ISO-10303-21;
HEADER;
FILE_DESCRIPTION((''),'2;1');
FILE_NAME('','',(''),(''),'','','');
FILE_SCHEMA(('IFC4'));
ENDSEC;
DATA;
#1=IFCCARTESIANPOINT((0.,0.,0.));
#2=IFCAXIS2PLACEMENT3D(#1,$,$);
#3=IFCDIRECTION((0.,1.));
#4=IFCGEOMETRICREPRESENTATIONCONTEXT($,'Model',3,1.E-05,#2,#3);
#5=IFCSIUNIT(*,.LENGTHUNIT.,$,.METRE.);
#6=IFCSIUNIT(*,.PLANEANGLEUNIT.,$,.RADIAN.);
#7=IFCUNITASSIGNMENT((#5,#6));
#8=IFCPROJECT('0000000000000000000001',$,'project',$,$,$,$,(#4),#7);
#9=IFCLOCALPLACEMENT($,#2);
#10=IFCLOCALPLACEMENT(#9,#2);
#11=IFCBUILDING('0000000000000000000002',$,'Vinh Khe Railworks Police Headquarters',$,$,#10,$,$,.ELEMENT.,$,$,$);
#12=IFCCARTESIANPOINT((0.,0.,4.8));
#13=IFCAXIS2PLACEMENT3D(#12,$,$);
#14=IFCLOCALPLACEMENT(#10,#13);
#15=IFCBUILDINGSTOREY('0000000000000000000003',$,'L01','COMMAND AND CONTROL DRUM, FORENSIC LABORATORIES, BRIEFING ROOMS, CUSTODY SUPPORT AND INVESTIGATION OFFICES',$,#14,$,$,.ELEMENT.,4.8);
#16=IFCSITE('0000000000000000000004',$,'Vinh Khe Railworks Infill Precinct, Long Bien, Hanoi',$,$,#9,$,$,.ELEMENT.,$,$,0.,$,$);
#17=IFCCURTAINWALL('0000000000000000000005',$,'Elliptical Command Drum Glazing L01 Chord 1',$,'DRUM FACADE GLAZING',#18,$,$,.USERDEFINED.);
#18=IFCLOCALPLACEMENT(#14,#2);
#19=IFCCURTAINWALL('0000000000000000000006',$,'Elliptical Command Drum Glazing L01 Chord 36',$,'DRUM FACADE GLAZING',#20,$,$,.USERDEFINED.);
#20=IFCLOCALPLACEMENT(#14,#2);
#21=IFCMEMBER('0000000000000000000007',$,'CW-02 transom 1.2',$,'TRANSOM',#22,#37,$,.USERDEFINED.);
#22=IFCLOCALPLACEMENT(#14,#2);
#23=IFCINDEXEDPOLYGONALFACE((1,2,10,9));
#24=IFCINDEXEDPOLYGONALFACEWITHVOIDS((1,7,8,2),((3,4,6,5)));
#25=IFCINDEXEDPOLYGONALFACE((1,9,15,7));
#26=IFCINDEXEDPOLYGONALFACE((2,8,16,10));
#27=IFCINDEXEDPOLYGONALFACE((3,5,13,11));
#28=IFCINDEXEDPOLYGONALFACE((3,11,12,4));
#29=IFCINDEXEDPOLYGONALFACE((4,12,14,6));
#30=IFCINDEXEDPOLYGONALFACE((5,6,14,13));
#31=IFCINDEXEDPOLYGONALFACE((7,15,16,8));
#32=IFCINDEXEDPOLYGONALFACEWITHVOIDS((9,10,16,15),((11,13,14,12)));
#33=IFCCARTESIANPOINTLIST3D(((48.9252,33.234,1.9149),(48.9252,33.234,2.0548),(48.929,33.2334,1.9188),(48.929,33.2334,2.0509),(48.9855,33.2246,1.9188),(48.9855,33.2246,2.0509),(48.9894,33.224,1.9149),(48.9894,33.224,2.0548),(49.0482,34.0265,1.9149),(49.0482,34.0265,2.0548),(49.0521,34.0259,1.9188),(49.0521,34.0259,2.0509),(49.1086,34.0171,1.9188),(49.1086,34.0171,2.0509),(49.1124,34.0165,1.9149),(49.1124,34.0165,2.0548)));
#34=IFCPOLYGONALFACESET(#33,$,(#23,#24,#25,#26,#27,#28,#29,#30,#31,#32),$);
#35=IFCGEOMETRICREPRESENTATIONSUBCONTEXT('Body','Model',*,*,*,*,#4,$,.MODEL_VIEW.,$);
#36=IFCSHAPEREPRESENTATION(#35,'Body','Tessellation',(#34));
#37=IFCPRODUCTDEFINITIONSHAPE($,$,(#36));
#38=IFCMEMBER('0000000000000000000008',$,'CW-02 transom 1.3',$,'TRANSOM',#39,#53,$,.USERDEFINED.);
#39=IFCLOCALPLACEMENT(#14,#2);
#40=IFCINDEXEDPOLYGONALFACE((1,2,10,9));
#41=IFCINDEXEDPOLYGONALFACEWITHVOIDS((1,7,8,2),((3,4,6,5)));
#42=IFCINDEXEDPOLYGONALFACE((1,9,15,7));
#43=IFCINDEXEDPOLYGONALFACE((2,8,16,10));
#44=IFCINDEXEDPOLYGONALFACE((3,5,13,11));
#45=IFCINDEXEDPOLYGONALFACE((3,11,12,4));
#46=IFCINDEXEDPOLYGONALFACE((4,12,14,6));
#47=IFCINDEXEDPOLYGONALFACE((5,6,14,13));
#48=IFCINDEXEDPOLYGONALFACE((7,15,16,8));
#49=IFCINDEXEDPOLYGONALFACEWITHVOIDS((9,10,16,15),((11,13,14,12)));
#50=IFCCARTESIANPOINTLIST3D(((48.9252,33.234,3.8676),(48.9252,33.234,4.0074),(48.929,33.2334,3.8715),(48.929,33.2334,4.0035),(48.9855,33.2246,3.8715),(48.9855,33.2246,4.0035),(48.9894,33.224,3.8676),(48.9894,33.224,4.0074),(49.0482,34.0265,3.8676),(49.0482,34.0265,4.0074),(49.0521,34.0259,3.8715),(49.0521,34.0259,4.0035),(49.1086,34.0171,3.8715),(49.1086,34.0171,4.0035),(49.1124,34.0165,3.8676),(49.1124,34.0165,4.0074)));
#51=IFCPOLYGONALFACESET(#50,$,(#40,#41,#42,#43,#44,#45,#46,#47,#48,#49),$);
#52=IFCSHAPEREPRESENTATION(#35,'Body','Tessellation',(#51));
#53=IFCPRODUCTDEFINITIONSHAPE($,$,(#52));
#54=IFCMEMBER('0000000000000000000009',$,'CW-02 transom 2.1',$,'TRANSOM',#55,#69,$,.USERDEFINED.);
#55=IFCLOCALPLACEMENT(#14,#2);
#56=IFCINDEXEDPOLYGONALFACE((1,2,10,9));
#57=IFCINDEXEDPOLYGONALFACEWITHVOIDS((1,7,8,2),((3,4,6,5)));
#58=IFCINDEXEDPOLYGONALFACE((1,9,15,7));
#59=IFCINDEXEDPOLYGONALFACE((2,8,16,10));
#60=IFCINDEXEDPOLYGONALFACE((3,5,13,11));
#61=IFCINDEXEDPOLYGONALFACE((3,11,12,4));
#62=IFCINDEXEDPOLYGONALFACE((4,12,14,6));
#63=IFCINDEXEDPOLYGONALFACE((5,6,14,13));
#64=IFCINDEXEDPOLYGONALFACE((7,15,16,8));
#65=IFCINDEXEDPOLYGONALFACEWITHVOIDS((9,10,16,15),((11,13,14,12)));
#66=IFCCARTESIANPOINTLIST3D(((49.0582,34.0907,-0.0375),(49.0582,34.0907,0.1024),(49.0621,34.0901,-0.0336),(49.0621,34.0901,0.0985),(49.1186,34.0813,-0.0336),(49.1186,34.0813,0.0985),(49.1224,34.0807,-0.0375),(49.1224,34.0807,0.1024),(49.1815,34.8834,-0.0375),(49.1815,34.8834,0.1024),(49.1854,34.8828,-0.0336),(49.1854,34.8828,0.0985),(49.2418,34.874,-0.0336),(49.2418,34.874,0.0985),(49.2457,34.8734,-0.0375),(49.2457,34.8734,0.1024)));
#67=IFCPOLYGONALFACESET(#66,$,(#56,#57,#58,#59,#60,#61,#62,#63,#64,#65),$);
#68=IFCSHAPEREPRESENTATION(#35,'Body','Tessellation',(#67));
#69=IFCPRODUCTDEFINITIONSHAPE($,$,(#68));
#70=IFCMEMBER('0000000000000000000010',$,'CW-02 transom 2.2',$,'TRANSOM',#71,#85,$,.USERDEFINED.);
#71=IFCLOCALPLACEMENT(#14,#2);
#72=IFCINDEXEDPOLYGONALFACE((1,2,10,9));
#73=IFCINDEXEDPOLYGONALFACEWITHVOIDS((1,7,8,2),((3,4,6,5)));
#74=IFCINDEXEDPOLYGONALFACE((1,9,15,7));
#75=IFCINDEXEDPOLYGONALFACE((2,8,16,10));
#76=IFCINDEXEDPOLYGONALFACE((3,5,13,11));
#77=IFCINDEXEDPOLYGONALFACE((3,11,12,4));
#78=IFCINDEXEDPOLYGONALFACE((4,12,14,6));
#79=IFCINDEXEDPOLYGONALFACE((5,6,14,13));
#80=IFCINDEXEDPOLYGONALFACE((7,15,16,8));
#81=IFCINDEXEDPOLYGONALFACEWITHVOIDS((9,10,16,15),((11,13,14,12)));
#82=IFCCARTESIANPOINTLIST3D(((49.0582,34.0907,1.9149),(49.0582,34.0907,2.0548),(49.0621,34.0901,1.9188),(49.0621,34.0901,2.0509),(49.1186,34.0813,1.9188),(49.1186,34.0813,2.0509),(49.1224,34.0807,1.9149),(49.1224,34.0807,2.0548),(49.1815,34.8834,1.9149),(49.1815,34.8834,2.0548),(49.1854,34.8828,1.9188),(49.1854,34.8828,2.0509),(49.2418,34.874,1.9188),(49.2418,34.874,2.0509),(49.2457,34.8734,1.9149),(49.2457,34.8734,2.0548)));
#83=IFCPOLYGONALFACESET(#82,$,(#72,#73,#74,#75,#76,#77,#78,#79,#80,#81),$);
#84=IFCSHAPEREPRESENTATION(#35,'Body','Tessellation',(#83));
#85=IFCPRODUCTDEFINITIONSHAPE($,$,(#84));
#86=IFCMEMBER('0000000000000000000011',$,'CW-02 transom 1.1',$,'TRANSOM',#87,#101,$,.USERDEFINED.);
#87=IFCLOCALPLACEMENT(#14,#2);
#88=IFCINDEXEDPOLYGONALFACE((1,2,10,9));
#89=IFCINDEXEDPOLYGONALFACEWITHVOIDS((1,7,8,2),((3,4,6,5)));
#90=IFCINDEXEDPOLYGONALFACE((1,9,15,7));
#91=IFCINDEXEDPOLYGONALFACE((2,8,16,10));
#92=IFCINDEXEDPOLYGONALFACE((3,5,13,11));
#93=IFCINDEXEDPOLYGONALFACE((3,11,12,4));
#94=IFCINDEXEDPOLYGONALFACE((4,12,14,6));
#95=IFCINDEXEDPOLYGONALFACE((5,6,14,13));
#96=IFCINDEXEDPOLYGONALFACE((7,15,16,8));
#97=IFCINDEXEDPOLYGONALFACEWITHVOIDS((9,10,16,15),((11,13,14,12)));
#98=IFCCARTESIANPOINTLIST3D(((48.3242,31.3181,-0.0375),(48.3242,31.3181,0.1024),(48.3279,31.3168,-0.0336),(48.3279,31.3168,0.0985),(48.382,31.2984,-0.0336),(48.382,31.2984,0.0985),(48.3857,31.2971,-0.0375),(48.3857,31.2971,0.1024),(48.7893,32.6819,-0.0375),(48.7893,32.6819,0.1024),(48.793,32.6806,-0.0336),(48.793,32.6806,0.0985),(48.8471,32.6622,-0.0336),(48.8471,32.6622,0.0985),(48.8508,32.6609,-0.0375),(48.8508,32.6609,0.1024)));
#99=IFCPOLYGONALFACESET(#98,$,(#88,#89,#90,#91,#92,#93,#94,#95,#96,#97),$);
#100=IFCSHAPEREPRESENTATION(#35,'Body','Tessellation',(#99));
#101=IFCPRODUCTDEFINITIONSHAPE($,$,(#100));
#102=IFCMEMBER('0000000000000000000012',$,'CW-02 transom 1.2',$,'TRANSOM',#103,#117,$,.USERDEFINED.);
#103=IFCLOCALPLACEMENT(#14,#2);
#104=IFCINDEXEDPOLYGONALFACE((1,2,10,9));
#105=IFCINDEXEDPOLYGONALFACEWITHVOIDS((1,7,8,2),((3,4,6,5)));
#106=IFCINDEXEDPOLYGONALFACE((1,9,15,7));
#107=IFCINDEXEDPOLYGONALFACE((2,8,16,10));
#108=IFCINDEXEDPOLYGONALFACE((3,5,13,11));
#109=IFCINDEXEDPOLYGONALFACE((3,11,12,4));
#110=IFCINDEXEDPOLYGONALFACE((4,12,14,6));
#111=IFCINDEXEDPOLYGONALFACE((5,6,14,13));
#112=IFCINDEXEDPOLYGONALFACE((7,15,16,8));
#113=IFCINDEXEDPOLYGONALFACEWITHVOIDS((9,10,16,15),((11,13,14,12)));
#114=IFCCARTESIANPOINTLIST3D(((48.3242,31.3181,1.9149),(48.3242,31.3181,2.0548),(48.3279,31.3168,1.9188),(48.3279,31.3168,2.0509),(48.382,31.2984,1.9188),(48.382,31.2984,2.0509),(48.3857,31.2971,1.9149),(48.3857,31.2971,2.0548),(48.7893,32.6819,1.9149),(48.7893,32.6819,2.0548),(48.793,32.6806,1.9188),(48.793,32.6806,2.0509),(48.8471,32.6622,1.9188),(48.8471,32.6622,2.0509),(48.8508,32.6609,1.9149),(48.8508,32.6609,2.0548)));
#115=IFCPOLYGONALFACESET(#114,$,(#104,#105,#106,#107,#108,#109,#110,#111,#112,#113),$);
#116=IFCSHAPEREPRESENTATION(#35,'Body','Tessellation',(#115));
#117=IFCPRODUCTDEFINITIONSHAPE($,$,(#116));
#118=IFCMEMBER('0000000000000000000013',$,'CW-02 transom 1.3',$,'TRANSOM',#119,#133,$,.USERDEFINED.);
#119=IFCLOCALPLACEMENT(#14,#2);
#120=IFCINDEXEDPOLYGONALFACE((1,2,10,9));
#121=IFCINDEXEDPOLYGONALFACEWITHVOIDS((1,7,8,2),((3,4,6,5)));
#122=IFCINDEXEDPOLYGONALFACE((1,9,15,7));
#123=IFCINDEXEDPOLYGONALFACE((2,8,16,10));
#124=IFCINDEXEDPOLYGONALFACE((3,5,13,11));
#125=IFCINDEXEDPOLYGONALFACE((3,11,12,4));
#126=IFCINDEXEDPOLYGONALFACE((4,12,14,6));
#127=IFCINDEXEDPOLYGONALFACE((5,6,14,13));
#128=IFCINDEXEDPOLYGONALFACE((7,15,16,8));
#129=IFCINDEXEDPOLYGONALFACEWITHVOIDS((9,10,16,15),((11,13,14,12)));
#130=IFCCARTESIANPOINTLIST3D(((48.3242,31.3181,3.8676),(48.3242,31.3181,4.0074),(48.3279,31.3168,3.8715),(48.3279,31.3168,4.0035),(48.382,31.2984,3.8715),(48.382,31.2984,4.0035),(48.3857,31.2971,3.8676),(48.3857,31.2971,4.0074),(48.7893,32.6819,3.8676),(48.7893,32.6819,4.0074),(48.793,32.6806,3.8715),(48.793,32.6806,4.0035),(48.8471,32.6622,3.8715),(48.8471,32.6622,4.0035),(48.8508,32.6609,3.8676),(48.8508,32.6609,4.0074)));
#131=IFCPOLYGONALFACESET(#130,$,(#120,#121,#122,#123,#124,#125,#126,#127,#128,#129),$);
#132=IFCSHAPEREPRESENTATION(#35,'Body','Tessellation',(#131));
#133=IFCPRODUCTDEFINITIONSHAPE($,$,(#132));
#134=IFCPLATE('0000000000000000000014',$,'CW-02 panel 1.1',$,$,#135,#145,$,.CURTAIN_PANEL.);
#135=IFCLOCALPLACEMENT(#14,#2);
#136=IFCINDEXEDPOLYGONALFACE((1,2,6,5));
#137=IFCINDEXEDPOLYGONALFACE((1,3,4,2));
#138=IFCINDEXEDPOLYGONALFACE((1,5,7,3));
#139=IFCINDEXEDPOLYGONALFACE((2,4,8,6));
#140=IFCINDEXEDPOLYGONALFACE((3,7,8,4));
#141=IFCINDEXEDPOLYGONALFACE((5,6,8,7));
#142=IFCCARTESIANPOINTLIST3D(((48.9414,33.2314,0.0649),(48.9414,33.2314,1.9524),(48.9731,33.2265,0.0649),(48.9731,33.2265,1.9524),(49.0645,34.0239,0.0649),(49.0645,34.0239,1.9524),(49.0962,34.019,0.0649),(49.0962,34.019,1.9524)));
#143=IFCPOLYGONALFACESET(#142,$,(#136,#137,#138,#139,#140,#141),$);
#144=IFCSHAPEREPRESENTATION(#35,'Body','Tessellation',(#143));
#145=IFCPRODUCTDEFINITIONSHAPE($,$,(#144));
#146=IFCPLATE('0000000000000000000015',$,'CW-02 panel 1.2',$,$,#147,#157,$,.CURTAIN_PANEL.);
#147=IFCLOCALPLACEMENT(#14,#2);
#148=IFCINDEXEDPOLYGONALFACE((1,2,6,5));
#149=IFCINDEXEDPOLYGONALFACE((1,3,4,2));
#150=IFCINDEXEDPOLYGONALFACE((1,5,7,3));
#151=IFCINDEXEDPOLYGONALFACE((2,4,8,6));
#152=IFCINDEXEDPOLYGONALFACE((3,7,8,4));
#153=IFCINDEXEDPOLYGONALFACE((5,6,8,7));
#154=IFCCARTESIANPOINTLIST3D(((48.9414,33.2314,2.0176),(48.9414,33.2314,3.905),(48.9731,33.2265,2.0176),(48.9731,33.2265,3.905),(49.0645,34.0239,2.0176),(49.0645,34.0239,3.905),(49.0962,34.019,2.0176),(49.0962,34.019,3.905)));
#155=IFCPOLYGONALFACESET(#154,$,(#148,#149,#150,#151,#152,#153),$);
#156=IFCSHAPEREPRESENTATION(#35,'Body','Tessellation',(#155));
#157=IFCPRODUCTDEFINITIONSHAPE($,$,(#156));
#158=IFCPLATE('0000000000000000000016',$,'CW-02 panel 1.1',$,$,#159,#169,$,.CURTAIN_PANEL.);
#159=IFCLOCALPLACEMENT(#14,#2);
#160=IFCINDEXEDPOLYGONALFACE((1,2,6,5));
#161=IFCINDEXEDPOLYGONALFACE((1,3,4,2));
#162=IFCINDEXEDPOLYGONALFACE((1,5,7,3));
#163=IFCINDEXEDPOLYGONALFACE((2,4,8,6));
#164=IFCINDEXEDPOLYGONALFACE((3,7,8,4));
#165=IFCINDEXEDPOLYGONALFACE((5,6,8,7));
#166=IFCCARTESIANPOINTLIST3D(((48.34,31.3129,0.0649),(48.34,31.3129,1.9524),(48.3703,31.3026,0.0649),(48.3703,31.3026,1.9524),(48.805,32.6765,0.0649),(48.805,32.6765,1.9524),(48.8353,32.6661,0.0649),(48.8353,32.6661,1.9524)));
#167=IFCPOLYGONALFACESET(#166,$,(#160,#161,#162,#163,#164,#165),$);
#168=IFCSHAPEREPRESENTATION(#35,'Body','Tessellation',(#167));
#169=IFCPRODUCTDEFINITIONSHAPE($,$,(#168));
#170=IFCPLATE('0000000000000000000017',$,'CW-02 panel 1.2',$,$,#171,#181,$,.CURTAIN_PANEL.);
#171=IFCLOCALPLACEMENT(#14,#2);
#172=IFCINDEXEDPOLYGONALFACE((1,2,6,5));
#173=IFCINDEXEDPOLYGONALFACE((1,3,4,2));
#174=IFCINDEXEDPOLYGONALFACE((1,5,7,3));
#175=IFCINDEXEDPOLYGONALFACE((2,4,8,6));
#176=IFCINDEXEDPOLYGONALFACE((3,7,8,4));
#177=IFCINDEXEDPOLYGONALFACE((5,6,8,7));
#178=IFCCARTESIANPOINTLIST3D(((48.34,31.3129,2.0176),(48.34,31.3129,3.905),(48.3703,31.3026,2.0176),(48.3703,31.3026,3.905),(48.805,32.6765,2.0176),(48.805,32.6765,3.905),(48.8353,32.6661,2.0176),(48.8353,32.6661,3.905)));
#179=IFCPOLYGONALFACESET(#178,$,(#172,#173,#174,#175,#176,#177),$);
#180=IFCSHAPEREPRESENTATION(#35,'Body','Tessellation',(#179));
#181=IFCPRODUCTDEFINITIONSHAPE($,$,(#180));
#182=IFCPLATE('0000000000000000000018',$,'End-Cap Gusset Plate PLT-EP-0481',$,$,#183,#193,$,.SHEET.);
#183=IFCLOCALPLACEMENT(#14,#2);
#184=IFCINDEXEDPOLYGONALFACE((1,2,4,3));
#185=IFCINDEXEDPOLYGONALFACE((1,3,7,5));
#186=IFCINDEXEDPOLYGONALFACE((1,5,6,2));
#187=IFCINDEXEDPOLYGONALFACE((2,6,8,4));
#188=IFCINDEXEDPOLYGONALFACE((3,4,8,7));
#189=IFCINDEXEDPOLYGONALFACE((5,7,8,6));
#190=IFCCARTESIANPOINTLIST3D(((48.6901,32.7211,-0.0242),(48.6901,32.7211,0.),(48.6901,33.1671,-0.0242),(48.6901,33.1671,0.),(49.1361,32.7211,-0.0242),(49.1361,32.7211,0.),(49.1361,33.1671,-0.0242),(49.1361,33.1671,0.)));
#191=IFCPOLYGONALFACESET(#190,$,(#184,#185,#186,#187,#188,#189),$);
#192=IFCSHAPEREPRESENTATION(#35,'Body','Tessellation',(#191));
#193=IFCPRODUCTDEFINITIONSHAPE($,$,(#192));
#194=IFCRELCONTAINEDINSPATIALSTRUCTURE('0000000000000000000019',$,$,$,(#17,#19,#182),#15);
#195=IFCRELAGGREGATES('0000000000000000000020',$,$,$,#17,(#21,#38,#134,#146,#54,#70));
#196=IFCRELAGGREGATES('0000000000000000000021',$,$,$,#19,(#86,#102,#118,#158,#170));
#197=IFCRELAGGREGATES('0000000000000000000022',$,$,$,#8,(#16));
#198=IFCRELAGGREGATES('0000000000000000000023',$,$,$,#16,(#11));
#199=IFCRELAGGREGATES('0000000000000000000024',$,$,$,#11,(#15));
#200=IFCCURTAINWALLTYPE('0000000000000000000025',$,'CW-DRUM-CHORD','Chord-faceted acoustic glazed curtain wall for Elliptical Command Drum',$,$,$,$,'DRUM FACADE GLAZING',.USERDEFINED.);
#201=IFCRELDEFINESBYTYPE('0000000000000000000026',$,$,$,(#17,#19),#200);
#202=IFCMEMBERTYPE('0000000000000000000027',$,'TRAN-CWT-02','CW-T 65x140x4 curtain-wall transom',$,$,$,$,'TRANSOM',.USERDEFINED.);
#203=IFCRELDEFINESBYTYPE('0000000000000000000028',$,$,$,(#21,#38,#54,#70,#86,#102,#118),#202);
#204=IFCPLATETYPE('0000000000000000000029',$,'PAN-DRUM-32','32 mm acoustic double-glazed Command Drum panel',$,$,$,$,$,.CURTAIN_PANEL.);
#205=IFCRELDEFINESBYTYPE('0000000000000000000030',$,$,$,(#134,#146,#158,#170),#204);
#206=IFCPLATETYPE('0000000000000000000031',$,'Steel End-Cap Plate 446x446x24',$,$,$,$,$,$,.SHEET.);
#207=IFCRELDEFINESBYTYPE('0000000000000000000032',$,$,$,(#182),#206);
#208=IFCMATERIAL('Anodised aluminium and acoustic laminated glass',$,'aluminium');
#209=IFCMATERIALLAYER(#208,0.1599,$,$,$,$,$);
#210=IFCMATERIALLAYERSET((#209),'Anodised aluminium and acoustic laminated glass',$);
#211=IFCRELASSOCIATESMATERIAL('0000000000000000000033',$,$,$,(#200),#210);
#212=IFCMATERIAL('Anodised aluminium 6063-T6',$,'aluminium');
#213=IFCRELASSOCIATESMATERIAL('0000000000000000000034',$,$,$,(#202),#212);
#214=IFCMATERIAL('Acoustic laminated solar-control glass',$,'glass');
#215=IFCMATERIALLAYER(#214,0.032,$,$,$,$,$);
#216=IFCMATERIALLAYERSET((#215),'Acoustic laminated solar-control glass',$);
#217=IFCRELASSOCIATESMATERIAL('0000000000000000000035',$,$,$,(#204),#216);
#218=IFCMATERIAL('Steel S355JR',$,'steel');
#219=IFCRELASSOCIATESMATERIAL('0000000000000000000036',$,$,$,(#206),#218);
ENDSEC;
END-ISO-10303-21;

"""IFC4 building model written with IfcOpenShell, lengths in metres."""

from ifc_helpers import new_model, si_unit, direction, frame, origin, origin_2d, place, context, subcontext, project, spatial, rectangle, hollow_rectangle, extrude, material, layer, layer_set, material_profile, profile_set, type_object, element, aggregate, save


model = new_model("IFC4")

# Units and contexts
model_context = context("Model", 3, precision=1e-05, world=origin(), true_north=direction((0.0, 1.0)))
body_context = subcontext(model_context, "Body", "Model", "MODEL_VIEW")
ifc_project = project(units=[si_unit("LENGTHUNIT", "METRE"), si_unit("PLANEANGLEUNIT", "RADIAN")], contexts=[model_context])

# Site, building, storey
site_placement = place(None, origin())
site = spatial("IfcSite", under=ifc_project, at=site_placement, Name="Vinh Khe Railworks Infill Precinct, Long Bien, Hanoi", CompositionType="ELEMENT", RefElevation=0.0)
building_placement = place(site_placement, origin())
building = spatial("IfcBuilding", under=site, at=building_placement, Name="Vinh Khe Railworks Police Headquarters", CompositionType="ELEMENT")
storey_placement = place(building_placement, frame((0.0, 0.0, 4.8)))
storey = spatial("IfcBuildingStorey", under=building, at=storey_placement, Name="L01", Description="COMMAND AND CONTROL DRUM, FORENSIC LABORATORIES, BRIEFING ROOMS, CUSTODY SUPPORT AND INVESTIGATION OFFICES", CompositionType="ELEMENT", Elevation=4.8)

# Shared definitions
ifc_material_1 = material(Name="Steel S355JR", Category="steel")

# Curtain wall
ifc_material_2 = material(Name="Anodised aluminium and acoustic laminated glass", Category="aluminium")
ifc_layer_1 = layer(ifc_material_2, 0.1599)
ifc_layer_set_1 = layer_set([ifc_layer_1], Name="Anodised aluminium and acoustic laminated glass")
curtain_wall_type = type_object("IfcCurtainWallType", Name="CW-DRUM-CHORD", Description="Chord-faceted acoustic glazed curtain wall for Elliptical Command Drum", ElementType="DRUM FACADE GLAZING", PredefinedType="USERDEFINED", material=ifc_layer_set_1)
curtain_wall_1_placement = place(storey_placement, origin())
curtain_wall_1 = element("IfcCurtainWall", 1, at=curtain_wall_1_placement, inside=storey, type_object=curtain_wall_type, Name="Elliptical Command Drum Glazing L01 Chord 1", ObjectType="DRUM FACADE GLAZING", PredefinedType="USERDEFINED")
ifc_material_3 = material(Name="Anodised aluminium 6063-T6", Category="aluminium")

# Curtain wall
curtain_wall_2_placement = place(storey_placement, origin())
curtain_wall_2 = element("IfcCurtainWall", 2, at=curtain_wall_2_placement, inside=storey, type_object=curtain_wall_type, Name="Elliptical Command Drum Glazing L01 Chord 36", ObjectType="DRUM FACADE GLAZING", PredefinedType="USERDEFINED")

# Members
ifc_material_profile_1 = material_profile(ifc_material_3, hollow_rectangle(XDim=0.0649, YDim=0.1399, WallThickness=0.0039, at=origin_2d()), Name="CW-T 65x140x4")
ifc_profile_set_1 = profile_set([ifc_material_profile_1], Name="Anodised aluminium 6063-T6")
member_type_1 = type_object("IfcMemberType", Name="TRAN-CWT-02", Description="CW-T 65x140x4 curtain-wall transom", ElementType="TRANSOM", PredefinedType="USERDEFINED", material=ifc_profile_set_1)
member_1_placement = place(storey_placement, frame((48.9573, 33.229, 1.9849), z_axis=(0.15343, 0.98816, 0.0), x_axis=(-0.98816, 0.15343, 0.0)))
member_1 = element("IfcMember", 3, at=member_1_placement, type_object=member_type_1, Name="CW-02 transom 1.2", ObjectType="TRANSOM", PredefinedType="USERDEFINED", context=body_context, shape_type="SweptSolid", body=[
    extrude(hollow_rectangle(XDim=0.0649, YDim=0.1399, WallThickness=0.0039, at=origin_2d()), origin(), (0.0, 0.0, 1.0), 0.802),
])
member_2_placement = place(storey_placement, frame((48.9573, 33.229, 3.9375), z_axis=(0.15343, 0.98816, 0.0), x_axis=(-0.98816, 0.15343, 0.0)))
member_2 = element("IfcMember", 4, at=member_2_placement, type_object=member_type_1, Name="CW-02 transom 1.3", ObjectType="TRANSOM", PredefinedType="USERDEFINED", context=body_context, shape_type="SweptSolid", body=[
    extrude(hollow_rectangle(XDim=0.0649, YDim=0.1399, WallThickness=0.0039, at=origin_2d()), origin(), (0.0, 0.0, 1.0), 0.802),
])
member_3_placement = place(storey_placement, frame((49.0903, 34.0857, 0.0325), z_axis=(0.153681, 0.988121, 0.0), x_axis=(-0.988121, 0.153681, 0.0)))
member_3 = element("IfcMember", 5, at=member_3_placement, type_object=member_type_1, Name="CW-02 transom 2.1", ObjectType="TRANSOM", PredefinedType="USERDEFINED", context=body_context, shape_type="SweptSolid", body=[
    extrude(hollow_rectangle(XDim=0.0649, YDim=0.1399, WallThickness=0.0039, at=origin_2d()), origin(), (0.0, 0.0, 1.0), 0.8022),
])
member_4_placement = place(storey_placement, frame((49.0903, 34.0857, 1.9849), z_axis=(0.153681, 0.988121, 0.0), x_axis=(-0.988121, 0.153681, 0.0)))
member_4 = element("IfcMember", 6, at=member_4_placement, type_object=member_type_1, Name="CW-02 transom 2.2", ObjectType="TRANSOM", PredefinedType="USERDEFINED", context=body_context, shape_type="SweptSolid", body=[
    extrude(hollow_rectangle(XDim=0.0649, YDim=0.1399, WallThickness=0.0039, at=origin_2d()), origin(), (0.0, 0.0, 1.0), 0.8022),
])
member_5_placement = place(storey_placement, frame((48.355, 31.3076, 0.0325), z_axis=(0.322777, 0.946475, 0.0), x_axis=(-0.946475, 0.322777, 0.0)))
member_5 = element("IfcMember", 7, at=member_5_placement, type_object=member_type_1, Name="CW-02 transom 1.1", ObjectType="TRANSOM", PredefinedType="USERDEFINED", context=body_context, shape_type="SweptSolid", body=[
    extrude(hollow_rectangle(XDim=0.0649, YDim=0.1399, WallThickness=0.0039, at=origin_2d()), origin(), (0.0, 0.0, 1.0), 1.4409),
])
member_6_placement = place(storey_placement, frame((48.355, 31.3076, 1.9849), z_axis=(0.322777, 0.946475, 0.0), x_axis=(-0.946475, 0.322777, 0.0)))
member_6 = element("IfcMember", 8, at=member_6_placement, type_object=member_type_1, Name="CW-02 transom 1.2", ObjectType="TRANSOM", PredefinedType="USERDEFINED", context=body_context, shape_type="SweptSolid", body=[
    extrude(hollow_rectangle(XDim=0.0649, YDim=0.1399, WallThickness=0.0039, at=origin_2d()), origin(), (0.0, 0.0, 1.0), 1.4409),
])
member_7_placement = place(storey_placement, frame((48.355, 31.3076, 3.9375), z_axis=(0.322777, 0.946475, 0.0), x_axis=(-0.946475, 0.322777, 0.0)))
member_7 = element("IfcMember", 9, at=member_7_placement, type_object=member_type_1, Name="CW-02 transom 1.3", ObjectType="TRANSOM", PredefinedType="USERDEFINED", context=body_context, shape_type="SweptSolid", body=[
    extrude(hollow_rectangle(XDim=0.0649, YDim=0.1399, WallThickness=0.0039, at=origin_2d()), origin(), (0.0, 0.0, 1.0), 1.4409),
])

# Plates
ifc_material_4 = material(Name="Acoustic laminated solar-control glass", Category="glass")
ifc_layer_2 = layer(ifc_material_4, 0.032)
ifc_layer_set_2 = layer_set([ifc_layer_2], Name="Acoustic laminated solar-control glass")
plate_type_1 = type_object("IfcPlateType", Name="PAN-DRUM-32", Description="32 mm acoustic double-glazed Command Drum panel", PredefinedType="CURTAIN_PANEL", material=ifc_layer_set_2)
plate_1_placement = place(storey_placement, frame((49.0188, 33.6252, 0.0649), z_axis=(0.0, 0.0, 1.0), x_axis=(0.15349, 0.98815, 0.0)))
plate_1 = element("IfcPlate", 10, at=plate_1_placement, type_object=plate_type_1, Name="CW-02 panel 1.1", PredefinedType="CURTAIN_PANEL", context=body_context, shape_type="SweptSolid", body=[
    extrude(rectangle(XDim=0.802, YDim=0.032, at=origin_2d()), origin(), (0.0, 0.0, 1.0), 1.8875),
])
plate_2_placement = place(storey_placement, frame((49.0188, 33.6252, 2.0176), z_axis=(0.0, 0.0, 1.0), x_axis=(0.15349, 0.98815, 0.0)))
plate_2 = element("IfcPlate", 11, at=plate_2_placement, type_object=plate_type_1, Name="CW-02 panel 1.2", PredefinedType="CURTAIN_PANEL", context=body_context, shape_type="SweptSolid", body=[
    extrude(rectangle(XDim=0.802, YDim=0.032, at=origin_2d()), origin(), (0.0, 0.0, 1.0), 1.8875),
])
aggregate(curtain_wall_1, [member_1, member_2, plate_1, plate_2, member_3, member_4])
plate_3_placement = place(storey_placement, frame((48.5876, 31.9895, 0.0649), z_axis=(0.0, 0.0, 1.0), x_axis=(0.32275, 0.946484, 0.0)))
plate_3 = element("IfcPlate", 12, at=plate_3_placement, type_object=plate_type_1, Name="CW-02 panel 1.1", PredefinedType="CURTAIN_PANEL", context=body_context, shape_type="SweptSolid", body=[
    extrude(rectangle(XDim=1.4407, YDim=0.032, at=origin_2d()), origin(), (0.0, 0.0, 1.0), 1.8875),
])
plate_4_placement = place(storey_placement, frame((48.5876, 31.9895, 2.0176), z_axis=(0.0, 0.0, 1.0), x_axis=(0.32275, 0.946484, 0.0)))
plate_4 = element("IfcPlate", 13, at=plate_4_placement, type_object=plate_type_1, Name="CW-02 panel 1.2", PredefinedType="CURTAIN_PANEL", context=body_context, shape_type="SweptSolid", body=[
    extrude(rectangle(XDim=1.4407, YDim=0.032, at=origin_2d()), origin(), (0.0, 0.0, 1.0), 1.8875),
])
aggregate(curtain_wall_2, [member_5, member_6, member_7, plate_3, plate_4])

# Plate
ifc_material_profile_2 = material_profile(ifc_material_1, rectangle(XDim=0.446, YDim=0.446, at=origin_2d()), Name="PL 446x446")
ifc_profile_set_2 = profile_set([ifc_material_profile_2], Name="Steel S355JR")
plate_type_2 = type_object("IfcPlateType", Name="Steel End-Cap Plate 446x446x24", PredefinedType="SHEET", material=ifc_profile_set_2)
plate_5_placement = place(storey_placement, frame((48.9131, 32.9441, 0.0), z_axis=(0.0, 0.0, -1.0), x_axis=(1.0, 0.0, 0.0)))
element("IfcPlate", 14, at=plate_5_placement, inside=storey, type_object=plate_type_2, Name="End-Cap Gusset Plate PLT-EP-0481", PredefinedType="SHEET", context=body_context, shape_type="SweptSolid", body=[
    extrude(rectangle(XDim=0.446, YDim=0.446, at=origin_2d()), origin(), (0.0, 0.0, 1.0), 0.0242),
])

save(model, "model.ifc")
